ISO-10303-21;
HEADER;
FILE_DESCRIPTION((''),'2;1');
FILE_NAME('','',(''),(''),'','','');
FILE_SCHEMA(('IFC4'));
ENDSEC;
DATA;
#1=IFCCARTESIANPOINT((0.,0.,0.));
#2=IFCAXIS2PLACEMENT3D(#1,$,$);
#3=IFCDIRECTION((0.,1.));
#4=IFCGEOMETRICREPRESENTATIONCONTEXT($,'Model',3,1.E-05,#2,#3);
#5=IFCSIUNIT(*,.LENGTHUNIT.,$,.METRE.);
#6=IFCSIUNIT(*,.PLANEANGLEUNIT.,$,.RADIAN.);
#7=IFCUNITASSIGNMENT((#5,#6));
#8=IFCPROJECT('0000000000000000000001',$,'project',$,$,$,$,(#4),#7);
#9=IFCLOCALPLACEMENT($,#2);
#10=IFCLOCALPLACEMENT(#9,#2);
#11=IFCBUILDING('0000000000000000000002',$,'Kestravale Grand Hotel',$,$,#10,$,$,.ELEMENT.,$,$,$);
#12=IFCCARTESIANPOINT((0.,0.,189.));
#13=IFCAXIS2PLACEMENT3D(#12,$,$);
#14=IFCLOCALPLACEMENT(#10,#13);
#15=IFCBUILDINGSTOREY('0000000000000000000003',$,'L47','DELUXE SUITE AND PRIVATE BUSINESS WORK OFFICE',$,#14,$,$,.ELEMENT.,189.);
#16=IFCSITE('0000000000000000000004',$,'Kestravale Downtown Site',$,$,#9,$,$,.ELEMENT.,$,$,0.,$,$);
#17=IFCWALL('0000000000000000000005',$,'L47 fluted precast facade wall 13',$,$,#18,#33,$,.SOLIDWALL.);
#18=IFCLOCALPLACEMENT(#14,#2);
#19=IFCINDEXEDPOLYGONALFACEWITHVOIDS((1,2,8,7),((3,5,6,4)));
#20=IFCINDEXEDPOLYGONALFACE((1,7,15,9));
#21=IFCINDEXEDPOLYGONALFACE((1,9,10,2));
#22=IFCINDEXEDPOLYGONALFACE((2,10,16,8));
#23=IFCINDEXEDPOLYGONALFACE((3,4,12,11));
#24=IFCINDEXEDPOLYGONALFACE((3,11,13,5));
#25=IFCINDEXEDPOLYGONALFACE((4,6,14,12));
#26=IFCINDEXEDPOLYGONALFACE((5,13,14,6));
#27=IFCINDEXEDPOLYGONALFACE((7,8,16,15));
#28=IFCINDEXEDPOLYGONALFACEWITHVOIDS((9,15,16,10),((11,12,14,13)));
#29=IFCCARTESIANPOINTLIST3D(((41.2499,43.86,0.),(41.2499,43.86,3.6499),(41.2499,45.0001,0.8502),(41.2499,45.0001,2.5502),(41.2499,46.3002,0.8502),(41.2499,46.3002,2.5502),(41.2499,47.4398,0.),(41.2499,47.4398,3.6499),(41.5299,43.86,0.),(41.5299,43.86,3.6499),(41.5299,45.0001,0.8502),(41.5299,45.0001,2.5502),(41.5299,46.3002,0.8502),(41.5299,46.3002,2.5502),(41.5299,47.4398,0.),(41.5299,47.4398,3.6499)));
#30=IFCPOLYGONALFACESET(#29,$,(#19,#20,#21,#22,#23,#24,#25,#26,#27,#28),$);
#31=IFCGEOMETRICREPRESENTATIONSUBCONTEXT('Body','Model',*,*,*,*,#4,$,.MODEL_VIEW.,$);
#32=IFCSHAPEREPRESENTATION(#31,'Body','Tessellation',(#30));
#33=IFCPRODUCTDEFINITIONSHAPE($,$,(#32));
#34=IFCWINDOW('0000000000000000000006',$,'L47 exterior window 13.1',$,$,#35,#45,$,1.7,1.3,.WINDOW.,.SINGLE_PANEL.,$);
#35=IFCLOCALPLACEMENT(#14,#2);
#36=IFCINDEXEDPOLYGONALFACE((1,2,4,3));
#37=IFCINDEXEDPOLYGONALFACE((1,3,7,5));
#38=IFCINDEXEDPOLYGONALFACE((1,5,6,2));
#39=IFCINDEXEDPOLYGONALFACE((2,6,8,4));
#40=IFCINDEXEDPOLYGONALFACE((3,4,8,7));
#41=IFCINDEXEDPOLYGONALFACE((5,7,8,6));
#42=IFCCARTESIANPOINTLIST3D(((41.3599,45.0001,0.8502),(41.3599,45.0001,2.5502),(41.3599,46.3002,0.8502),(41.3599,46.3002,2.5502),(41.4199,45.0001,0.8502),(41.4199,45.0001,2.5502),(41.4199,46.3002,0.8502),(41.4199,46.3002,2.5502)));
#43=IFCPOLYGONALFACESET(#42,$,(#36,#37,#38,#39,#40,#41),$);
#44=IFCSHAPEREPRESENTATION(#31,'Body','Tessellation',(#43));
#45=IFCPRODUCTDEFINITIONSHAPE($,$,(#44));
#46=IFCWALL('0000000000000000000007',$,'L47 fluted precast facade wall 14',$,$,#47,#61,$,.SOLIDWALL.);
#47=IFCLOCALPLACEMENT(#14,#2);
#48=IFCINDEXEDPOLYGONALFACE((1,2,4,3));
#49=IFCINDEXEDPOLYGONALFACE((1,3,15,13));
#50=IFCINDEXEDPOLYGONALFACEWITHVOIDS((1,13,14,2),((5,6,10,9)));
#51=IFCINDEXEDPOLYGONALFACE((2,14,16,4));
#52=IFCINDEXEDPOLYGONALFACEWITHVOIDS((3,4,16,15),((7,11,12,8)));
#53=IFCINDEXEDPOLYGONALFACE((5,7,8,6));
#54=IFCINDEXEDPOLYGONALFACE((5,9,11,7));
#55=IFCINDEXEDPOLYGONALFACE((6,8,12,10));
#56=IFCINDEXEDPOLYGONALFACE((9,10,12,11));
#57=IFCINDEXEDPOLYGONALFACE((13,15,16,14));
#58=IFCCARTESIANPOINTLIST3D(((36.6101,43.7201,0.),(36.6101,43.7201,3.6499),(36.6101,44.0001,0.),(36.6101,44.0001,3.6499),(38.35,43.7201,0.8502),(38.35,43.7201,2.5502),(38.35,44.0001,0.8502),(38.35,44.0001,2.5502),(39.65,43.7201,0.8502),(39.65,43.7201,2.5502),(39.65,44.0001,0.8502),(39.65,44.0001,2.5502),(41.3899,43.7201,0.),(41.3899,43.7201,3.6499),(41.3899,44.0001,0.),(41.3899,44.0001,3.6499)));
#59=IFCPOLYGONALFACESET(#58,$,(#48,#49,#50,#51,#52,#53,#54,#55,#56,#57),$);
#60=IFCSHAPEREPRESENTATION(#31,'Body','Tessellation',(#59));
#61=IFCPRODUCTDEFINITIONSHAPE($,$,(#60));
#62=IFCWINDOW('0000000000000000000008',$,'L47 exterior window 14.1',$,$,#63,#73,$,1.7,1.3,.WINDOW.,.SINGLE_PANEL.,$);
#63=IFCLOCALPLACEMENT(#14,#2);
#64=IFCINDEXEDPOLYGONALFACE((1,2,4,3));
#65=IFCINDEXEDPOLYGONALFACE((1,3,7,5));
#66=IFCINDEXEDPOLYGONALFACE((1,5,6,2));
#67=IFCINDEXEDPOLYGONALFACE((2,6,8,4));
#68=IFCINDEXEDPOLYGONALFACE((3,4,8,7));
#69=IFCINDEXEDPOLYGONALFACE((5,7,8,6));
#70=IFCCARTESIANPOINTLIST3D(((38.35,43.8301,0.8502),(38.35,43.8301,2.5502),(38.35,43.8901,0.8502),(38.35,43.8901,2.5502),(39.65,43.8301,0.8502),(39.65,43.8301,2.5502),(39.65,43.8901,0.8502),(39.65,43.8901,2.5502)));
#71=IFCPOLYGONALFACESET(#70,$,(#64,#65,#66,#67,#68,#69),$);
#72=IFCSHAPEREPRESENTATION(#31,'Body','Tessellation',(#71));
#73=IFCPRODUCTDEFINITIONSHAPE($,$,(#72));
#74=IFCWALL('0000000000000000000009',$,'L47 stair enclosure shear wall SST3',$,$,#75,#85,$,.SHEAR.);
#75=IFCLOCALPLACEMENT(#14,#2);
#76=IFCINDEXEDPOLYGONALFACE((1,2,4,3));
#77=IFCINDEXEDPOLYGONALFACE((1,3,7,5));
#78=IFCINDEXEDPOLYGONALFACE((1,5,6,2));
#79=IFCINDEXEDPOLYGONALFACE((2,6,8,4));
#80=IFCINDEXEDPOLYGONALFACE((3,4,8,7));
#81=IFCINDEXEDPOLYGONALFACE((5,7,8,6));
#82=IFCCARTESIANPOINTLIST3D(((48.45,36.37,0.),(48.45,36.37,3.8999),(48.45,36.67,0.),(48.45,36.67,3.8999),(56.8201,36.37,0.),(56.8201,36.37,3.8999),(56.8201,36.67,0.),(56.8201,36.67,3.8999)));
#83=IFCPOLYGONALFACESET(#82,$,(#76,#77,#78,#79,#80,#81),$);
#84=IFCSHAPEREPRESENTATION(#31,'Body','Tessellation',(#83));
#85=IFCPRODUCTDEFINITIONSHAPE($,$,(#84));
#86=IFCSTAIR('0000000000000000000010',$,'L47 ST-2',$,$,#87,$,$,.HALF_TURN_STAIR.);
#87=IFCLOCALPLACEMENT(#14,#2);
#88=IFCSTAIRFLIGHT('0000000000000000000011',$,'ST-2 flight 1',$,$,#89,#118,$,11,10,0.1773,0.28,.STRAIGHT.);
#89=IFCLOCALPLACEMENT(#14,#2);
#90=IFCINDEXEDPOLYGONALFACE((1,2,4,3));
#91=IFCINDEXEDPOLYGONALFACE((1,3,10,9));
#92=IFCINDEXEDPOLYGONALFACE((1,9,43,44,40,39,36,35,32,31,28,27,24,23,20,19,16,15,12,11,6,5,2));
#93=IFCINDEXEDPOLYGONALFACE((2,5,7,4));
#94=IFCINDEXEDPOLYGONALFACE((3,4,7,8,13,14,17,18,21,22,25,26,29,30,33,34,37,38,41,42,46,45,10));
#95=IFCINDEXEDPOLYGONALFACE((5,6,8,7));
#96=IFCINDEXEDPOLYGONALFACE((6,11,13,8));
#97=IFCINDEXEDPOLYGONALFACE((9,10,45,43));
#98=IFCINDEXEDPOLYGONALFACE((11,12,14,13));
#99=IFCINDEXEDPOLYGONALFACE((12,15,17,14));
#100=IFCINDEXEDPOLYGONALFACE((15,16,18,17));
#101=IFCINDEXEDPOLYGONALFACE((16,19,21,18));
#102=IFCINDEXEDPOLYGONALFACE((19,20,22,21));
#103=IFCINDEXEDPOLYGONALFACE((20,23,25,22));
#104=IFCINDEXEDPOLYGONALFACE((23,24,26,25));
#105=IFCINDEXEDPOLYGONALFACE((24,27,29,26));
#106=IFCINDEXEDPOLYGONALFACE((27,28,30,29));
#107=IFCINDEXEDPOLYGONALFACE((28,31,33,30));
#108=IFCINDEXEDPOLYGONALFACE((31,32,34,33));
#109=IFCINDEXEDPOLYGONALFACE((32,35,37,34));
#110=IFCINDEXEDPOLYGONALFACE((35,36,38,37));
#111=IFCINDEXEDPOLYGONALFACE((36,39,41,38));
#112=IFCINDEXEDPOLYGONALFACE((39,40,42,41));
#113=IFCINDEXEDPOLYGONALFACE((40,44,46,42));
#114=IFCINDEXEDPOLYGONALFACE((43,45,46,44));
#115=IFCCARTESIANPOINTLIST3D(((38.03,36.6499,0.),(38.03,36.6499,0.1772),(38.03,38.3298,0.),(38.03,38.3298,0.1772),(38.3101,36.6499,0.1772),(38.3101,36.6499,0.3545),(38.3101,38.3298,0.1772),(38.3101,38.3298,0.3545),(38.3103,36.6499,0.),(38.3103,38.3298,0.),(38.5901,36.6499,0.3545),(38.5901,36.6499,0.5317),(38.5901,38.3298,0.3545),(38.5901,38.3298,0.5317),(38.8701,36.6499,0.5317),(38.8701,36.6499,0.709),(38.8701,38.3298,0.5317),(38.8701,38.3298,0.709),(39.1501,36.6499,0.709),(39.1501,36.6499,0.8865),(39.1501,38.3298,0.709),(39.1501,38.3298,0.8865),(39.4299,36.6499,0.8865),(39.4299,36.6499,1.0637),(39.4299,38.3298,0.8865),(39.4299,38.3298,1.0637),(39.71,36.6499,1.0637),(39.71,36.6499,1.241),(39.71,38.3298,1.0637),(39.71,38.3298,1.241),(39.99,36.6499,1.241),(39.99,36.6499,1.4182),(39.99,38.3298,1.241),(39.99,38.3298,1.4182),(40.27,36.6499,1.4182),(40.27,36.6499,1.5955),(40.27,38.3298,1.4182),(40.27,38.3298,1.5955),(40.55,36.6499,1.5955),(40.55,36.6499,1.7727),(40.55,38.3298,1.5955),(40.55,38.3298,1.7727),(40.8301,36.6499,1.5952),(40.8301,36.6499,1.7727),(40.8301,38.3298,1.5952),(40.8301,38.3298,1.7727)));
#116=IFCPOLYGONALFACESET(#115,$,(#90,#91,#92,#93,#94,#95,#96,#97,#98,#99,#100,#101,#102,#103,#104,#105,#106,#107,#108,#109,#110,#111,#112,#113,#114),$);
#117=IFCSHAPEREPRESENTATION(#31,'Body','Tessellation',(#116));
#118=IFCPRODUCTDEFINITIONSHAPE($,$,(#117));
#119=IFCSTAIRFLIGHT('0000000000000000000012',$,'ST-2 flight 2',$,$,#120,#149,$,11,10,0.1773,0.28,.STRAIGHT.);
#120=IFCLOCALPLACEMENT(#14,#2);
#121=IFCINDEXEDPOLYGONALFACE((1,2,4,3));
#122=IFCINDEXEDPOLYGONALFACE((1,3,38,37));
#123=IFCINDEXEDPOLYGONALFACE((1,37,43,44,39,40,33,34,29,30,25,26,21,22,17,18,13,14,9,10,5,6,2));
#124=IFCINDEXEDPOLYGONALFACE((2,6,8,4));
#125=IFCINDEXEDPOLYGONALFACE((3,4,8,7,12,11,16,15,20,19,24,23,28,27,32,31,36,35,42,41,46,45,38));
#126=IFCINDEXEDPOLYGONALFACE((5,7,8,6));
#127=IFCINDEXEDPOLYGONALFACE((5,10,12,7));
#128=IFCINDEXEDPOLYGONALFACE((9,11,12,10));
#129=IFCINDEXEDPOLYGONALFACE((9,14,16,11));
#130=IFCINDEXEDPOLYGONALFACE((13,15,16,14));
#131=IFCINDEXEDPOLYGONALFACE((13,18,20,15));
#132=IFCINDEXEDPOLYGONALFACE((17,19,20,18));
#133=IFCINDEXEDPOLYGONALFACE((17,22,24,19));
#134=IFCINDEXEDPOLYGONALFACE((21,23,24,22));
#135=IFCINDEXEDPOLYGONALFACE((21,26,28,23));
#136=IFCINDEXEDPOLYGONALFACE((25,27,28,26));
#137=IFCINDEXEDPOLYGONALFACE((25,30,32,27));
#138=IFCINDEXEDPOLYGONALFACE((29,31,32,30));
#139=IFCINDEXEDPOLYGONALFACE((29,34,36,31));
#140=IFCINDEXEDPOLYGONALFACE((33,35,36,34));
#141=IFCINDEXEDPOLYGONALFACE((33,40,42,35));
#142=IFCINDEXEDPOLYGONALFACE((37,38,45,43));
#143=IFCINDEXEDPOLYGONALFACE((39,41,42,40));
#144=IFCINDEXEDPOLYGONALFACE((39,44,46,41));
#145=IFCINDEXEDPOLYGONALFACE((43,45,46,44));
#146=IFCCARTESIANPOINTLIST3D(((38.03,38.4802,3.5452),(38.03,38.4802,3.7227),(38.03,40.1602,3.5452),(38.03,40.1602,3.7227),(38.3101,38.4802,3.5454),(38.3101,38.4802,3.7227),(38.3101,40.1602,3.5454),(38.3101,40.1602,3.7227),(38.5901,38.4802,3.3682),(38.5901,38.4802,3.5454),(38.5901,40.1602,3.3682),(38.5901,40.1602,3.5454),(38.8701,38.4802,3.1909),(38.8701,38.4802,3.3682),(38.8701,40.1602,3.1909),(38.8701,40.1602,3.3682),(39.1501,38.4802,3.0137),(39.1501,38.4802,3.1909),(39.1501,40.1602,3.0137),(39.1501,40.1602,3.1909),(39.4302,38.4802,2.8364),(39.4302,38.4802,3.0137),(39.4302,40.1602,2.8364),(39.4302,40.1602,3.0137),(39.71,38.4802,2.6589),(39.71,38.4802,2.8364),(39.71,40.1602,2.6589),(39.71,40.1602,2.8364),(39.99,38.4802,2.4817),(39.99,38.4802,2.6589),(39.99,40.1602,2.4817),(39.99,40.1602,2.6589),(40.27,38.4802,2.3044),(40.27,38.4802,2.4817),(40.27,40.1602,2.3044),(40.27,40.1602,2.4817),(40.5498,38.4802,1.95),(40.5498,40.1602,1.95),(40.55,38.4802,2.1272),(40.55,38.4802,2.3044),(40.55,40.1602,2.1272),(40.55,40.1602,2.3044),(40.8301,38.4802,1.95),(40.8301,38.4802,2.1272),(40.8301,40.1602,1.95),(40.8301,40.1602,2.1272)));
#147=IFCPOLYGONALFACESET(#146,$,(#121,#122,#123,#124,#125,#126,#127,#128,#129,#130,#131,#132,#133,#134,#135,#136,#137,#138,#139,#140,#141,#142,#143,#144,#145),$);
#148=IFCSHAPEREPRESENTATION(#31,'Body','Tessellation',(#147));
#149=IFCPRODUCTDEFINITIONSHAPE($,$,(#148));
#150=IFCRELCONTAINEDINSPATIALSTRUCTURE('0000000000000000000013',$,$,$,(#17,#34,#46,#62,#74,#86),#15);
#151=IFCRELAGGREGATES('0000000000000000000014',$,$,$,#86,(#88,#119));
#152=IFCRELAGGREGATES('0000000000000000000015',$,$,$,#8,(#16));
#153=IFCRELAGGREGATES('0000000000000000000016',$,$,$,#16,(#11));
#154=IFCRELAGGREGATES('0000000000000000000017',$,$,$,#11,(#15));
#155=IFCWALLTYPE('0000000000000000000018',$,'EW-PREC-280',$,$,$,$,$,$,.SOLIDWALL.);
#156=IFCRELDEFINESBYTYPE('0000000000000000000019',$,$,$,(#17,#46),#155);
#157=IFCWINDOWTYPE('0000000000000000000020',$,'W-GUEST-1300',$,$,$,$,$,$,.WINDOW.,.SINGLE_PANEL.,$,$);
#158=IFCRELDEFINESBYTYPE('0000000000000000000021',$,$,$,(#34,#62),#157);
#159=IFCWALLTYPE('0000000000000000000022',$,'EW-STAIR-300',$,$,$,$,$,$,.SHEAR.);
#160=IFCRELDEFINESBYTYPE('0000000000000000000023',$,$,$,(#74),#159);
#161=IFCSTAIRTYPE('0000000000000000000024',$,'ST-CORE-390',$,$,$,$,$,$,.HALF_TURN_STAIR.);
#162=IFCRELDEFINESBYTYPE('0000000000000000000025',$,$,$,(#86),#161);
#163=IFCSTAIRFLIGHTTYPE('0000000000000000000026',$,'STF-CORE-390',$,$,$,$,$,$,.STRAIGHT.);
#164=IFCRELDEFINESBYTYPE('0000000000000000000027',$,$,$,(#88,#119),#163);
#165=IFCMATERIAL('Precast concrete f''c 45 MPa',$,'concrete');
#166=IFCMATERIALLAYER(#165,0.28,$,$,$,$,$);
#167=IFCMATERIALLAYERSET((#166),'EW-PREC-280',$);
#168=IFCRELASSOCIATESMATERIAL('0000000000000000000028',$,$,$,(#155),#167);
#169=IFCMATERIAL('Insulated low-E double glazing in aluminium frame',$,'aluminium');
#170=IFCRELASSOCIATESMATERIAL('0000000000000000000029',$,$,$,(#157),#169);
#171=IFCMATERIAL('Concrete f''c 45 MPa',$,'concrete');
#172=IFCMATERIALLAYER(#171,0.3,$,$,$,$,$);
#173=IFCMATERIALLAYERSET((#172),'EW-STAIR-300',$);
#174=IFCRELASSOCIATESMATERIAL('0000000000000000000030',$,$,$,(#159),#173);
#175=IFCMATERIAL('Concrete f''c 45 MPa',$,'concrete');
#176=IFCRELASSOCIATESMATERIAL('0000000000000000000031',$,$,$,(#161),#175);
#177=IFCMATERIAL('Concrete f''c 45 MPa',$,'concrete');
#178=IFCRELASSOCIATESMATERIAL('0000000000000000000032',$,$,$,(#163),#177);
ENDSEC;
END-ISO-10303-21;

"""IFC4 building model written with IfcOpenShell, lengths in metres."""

from ifc_helpers import new_model, si_unit, direction, frame, frame_2d, origin, place, context, subcontext, project, spatial, polyline, rectangle, outline, extrude, material, layer, layer_set, type_object, element, fill, aggregate, save


model = new_model("IFC4")

# Units and contexts
model_context = context("Model", 3, precision=1e-05, world=origin(), true_north=direction((0.0, 1.0)))
body_context = subcontext(model_context, "Body", "Model", "MODEL_VIEW")
ifc_project = project(units=[si_unit("LENGTHUNIT", "METRE"), si_unit("PLANEANGLEUNIT", "RADIAN")], contexts=[model_context])

# Site, building, storey
site_placement = place(None, origin())
site = spatial("IfcSite", under=ifc_project, at=site_placement, Name="Kestravale Downtown Site", CompositionType="ELEMENT", RefElevation=0.0)
building_placement = place(site_placement, origin())
building = spatial("IfcBuilding", under=site, at=building_placement, Name="Kestravale Grand Hotel", CompositionType="ELEMENT")
storey_placement = place(building_placement, frame((0.0, 0.0, 189.0)))
storey = spatial("IfcBuildingStorey", under=building, at=storey_placement, Name="L47", Description="DELUXE SUITE AND PRIVATE BUSINESS WORK OFFICE", CompositionType="ELEMENT", Elevation=189.0)

# Shared definitions
ifc_material_1 = material(Name="Precast concrete f'c 45 MPa", Category="concrete")
ifc_layer_1 = layer(ifc_material_1, 0.28)
ifc_layer_set_1 = layer_set([ifc_layer_1], Name="EW-PREC-280")
wall_type_1 = type_object("IfcWallType", Name="EW-PREC-280", PredefinedType="SOLIDWALL", material=ifc_layer_set_1)

# Walls, openings, windows
wall_1_placement = place(storey_placement, frame((41.3899, 47.4399, 0.0), z_axis=(0.0, 0.0, 1.0), x_axis=(0.0, -1.0, 0.0)))
wall_1 = element("IfcWall", 1, at=wall_1_placement, inside=storey, type_object=wall_type_1, Name="L47 fluted precast facade wall 13", PredefinedType="SOLIDWALL", context=body_context, shape_type="SweptSolid", body=[
    extrude(rectangle(XDim=3.5798, YDim=0.28, at=frame_2d((1.79, 0.0))), origin(), (0.0, 0.0, 1.0), 3.6499),
])
opening_1_placement = place(wall_1_placement, frame((1.1399, 0.0, 0.8501)))
opening_1 = element("IfcOpeningElement", 2, at=opening_1_placement, cuts=wall_1, PredefinedType="OPENING", context=body_context, shape_type="SweptSolid", body=[
    extrude(rectangle(XDim=1.3, YDim=1.7, at=frame_2d((0.6499, 0.8501))), frame((0.0, 0.1499, 0.0), z_axis=(0.0, -1.0, 0.0), x_axis=(1.0, 0.0, 0.0)), (0.0, 0.0, 1.0), 0.3),
])
ifc_material_2 = material(Name="Insulated low-E double glazing in aluminium frame", Category="aluminium")
window_type = type_object("IfcWindowType", Name="W-GUEST-1300", PartitioningType="SINGLE_PANEL", PredefinedType="WINDOW", material=ifc_material_2)
window_1_placement = place(opening_1_placement, origin())
window_1 = element("IfcWindow", 3, at=window_1_placement, inside=storey, type_object=window_type, Name="L47 exterior window 13.1", OverallHeight=1.7, OverallWidth=1.3, PartitioningType="SINGLE_PANEL", PredefinedType="WINDOW", context=body_context, shape_type="SweptSolid", body=[
    extrude(rectangle(XDim=1.3, YDim=1.7, at=frame_2d((0.6499, 0.8501))), frame((0.0, 0.03, 0.0), z_axis=(0.0, -1.0, 0.0), x_axis=(1.0, 0.0, 0.0)), (0.0, 0.0, 1.0), 0.0601),
])
fill(opening_1, window_1)
wall_2_placement = place(storey_placement, frame((41.3899, 43.8601, 0.0), z_axis=(0.0, 0.0, 1.0), x_axis=(-1.0, 0.0, 0.0)))
wall_2 = element("IfcWall", 4, at=wall_2_placement, inside=storey, type_object=wall_type_1, Name="L47 fluted precast facade wall 14", PredefinedType="SOLIDWALL", context=body_context, shape_type="SweptSolid", body=[
    extrude(rectangle(XDim=4.7798, YDim=0.28, at=frame_2d((2.3899, 0.0))), origin(), (0.0, 0.0, 1.0), 3.6499),
])
opening_2_placement = place(wall_2_placement, frame((1.74, 0.0, 0.8501)))
opening_2 = element("IfcOpeningElement", 5, at=opening_2_placement, cuts=wall_2, PredefinedType="OPENING", context=body_context, shape_type="SweptSolid", body=[
    extrude(rectangle(XDim=1.3, YDim=1.7, at=frame_2d((0.6499, 0.8501))), frame((0.0, 0.1499, 0.0), z_axis=(0.0, -1.0, 0.0), x_axis=(1.0, 0.0, 0.0)), (0.0, 0.0, 1.0), 0.3),
])
window_2_placement = place(opening_2_placement, origin())
window_2 = element("IfcWindow", 6, at=window_2_placement, inside=storey, type_object=window_type, Name="L47 exterior window 14.1", OverallHeight=1.7, OverallWidth=1.3, PartitioningType="SINGLE_PANEL", PredefinedType="WINDOW", context=body_context, shape_type="SweptSolid", body=[
    extrude(rectangle(XDim=1.3, YDim=1.7, at=frame_2d((0.6499, 0.8501))), frame((0.0, 0.03, 0.0), z_axis=(0.0, -1.0, 0.0), x_axis=(1.0, 0.0, 0.0)), (0.0, 0.0, 1.0), 0.0601),
])
fill(opening_2, window_2)

# Wall
ifc_material_3 = material(Name="Concrete f'c 45 MPa", Category="concrete")
ifc_layer_2 = layer(ifc_material_3, 0.3)
ifc_layer_set_2 = layer_set([ifc_layer_2], Name="EW-STAIR-300")
wall_type_2 = type_object("IfcWallType", Name="EW-STAIR-300", PredefinedType="SHEAR", material=ifc_layer_set_2)
wall_3_placement = place(storey_placement, frame((48.45, 36.52, 0.0), z_axis=(0.0, 0.0, 1.0), x_axis=(1.0, 0.0, 0.0)))
element("IfcWall", 7, at=wall_3_placement, inside=storey, type_object=wall_type_2, Name="L47 stair enclosure shear wall SST3", PredefinedType="SHEAR", context=body_context, shape_type="SweptSolid", body=[
    extrude(rectangle(XDim=8.3701, YDim=0.3, at=frame_2d((4.1851, 0.0))), origin(), (0.0, 0.0, 1.0), 3.8999),
])

# Stair, stair flights
ifc_material_4 = material(Name="Concrete f'c 45 MPa", Category="concrete")
stair_type = type_object("IfcStairType", Name="ST-CORE-390", PredefinedType="HALF_TURN_STAIR", material=ifc_material_4)
stair_placement = place(storey_placement, origin())
stair = element("IfcStair", 8, at=stair_placement, inside=storey, type_object=stair_type, Name="L47 ST-2", PredefinedType="HALF_TURN_STAIR")
ifc_material_5 = material(Name="Concrete f'c 45 MPa", Category="concrete")
stair_flight_type = type_object("IfcStairFlightType", Name="STF-CORE-390", PredefinedType="STRAIGHT", material=ifc_material_5)
stair_flight_1_placement = place(storey_placement, frame((38.03, 37.49, 0.0), z_axis=(0.0, 0.0, 1.0), x_axis=(1.0, 0.0, 0.0)))
stair_flight_1 = element("IfcStairFlight", 9, at=stair_flight_1_placement, type_object=stair_flight_type, Name="ST-2 flight 1", NumberOfRisers=11, NumberOfTreads=10, PredefinedType="STRAIGHT", RiserHeight=0.1773, TreadLength=0.28, context=body_context, shape_type="SweptSolid", body=[
    extrude(outline(polyline([(0.0, 0.0), (0.0, 0.1772), (0.28, 0.1772), (0.28, 0.3545), (0.5601, 0.3545), (0.5601, 0.5317), (0.8401, 0.5317), (0.8401, 0.709), (1.1201, 0.709), (1.1201, 0.8865), (1.3999, 0.8865), (1.3999, 1.0637), (1.6799, 1.0637), (1.6799, 1.241), (1.96, 1.241), (1.96, 1.4182), (2.24, 1.4182), (2.24, 1.5955), (2.52, 1.5955), (2.52, 1.7727), (2.8, 1.7727), (2.8, 1.95), (2.8, 1.5952), (0.2803, 0.0), (0.0, 0.0)])), frame((0.0, 0.8398, 0.0), z_axis=(0.0, -1.0, 0.0), x_axis=(1.0, 0.0, 0.0)), (0.0, 0.0, 1.0), 1.6799),
])
stair_flight_2_placement = place(storey_placement, frame((40.8301, 39.3201, 1.95), z_axis=(0.0, 0.0, 1.0), x_axis=(-1.0, 0.0, 0.0)))
stair_flight_2 = element("IfcStairFlight", 10, at=stair_flight_2_placement, type_object=stair_flight_type, Name="ST-2 flight 2", NumberOfRisers=11, NumberOfTreads=10, PredefinedType="STRAIGHT", RiserHeight=0.1773, TreadLength=0.28, context=body_context, shape_type="SweptSolid", body=[
    extrude(outline(polyline([(0.0, 0.0), (0.0, 0.1772), (0.28, 0.1772), (0.28, 0.3545), (0.5601, 0.3545), (0.5601, 0.5317), (0.8401, 0.5317), (0.8401, 0.709), (1.1201, 0.709), (1.1201, 0.8865), (1.3999, 0.8865), (1.3999, 1.0637), (1.6799, 1.0637), (1.6799, 1.241), (1.96, 1.241), (1.96, 1.4182), (2.24, 1.4182), (2.24, 1.5955), (2.52, 1.5955), (2.52, 1.7727), (2.8, 1.7727), (2.8, 1.95), (2.8, 1.5952), (0.2803, 0.0), (0.0, 0.0)])), frame((0.0, 0.8398, 0.0), z_axis=(0.0, -1.0, 0.0), x_axis=(1.0, 0.0, 0.0)), (0.0, 0.0, 1.0), 1.6799),
])
aggregate(stair, [stair_flight_1, stair_flight_2])

save(model, "model.ifc")
